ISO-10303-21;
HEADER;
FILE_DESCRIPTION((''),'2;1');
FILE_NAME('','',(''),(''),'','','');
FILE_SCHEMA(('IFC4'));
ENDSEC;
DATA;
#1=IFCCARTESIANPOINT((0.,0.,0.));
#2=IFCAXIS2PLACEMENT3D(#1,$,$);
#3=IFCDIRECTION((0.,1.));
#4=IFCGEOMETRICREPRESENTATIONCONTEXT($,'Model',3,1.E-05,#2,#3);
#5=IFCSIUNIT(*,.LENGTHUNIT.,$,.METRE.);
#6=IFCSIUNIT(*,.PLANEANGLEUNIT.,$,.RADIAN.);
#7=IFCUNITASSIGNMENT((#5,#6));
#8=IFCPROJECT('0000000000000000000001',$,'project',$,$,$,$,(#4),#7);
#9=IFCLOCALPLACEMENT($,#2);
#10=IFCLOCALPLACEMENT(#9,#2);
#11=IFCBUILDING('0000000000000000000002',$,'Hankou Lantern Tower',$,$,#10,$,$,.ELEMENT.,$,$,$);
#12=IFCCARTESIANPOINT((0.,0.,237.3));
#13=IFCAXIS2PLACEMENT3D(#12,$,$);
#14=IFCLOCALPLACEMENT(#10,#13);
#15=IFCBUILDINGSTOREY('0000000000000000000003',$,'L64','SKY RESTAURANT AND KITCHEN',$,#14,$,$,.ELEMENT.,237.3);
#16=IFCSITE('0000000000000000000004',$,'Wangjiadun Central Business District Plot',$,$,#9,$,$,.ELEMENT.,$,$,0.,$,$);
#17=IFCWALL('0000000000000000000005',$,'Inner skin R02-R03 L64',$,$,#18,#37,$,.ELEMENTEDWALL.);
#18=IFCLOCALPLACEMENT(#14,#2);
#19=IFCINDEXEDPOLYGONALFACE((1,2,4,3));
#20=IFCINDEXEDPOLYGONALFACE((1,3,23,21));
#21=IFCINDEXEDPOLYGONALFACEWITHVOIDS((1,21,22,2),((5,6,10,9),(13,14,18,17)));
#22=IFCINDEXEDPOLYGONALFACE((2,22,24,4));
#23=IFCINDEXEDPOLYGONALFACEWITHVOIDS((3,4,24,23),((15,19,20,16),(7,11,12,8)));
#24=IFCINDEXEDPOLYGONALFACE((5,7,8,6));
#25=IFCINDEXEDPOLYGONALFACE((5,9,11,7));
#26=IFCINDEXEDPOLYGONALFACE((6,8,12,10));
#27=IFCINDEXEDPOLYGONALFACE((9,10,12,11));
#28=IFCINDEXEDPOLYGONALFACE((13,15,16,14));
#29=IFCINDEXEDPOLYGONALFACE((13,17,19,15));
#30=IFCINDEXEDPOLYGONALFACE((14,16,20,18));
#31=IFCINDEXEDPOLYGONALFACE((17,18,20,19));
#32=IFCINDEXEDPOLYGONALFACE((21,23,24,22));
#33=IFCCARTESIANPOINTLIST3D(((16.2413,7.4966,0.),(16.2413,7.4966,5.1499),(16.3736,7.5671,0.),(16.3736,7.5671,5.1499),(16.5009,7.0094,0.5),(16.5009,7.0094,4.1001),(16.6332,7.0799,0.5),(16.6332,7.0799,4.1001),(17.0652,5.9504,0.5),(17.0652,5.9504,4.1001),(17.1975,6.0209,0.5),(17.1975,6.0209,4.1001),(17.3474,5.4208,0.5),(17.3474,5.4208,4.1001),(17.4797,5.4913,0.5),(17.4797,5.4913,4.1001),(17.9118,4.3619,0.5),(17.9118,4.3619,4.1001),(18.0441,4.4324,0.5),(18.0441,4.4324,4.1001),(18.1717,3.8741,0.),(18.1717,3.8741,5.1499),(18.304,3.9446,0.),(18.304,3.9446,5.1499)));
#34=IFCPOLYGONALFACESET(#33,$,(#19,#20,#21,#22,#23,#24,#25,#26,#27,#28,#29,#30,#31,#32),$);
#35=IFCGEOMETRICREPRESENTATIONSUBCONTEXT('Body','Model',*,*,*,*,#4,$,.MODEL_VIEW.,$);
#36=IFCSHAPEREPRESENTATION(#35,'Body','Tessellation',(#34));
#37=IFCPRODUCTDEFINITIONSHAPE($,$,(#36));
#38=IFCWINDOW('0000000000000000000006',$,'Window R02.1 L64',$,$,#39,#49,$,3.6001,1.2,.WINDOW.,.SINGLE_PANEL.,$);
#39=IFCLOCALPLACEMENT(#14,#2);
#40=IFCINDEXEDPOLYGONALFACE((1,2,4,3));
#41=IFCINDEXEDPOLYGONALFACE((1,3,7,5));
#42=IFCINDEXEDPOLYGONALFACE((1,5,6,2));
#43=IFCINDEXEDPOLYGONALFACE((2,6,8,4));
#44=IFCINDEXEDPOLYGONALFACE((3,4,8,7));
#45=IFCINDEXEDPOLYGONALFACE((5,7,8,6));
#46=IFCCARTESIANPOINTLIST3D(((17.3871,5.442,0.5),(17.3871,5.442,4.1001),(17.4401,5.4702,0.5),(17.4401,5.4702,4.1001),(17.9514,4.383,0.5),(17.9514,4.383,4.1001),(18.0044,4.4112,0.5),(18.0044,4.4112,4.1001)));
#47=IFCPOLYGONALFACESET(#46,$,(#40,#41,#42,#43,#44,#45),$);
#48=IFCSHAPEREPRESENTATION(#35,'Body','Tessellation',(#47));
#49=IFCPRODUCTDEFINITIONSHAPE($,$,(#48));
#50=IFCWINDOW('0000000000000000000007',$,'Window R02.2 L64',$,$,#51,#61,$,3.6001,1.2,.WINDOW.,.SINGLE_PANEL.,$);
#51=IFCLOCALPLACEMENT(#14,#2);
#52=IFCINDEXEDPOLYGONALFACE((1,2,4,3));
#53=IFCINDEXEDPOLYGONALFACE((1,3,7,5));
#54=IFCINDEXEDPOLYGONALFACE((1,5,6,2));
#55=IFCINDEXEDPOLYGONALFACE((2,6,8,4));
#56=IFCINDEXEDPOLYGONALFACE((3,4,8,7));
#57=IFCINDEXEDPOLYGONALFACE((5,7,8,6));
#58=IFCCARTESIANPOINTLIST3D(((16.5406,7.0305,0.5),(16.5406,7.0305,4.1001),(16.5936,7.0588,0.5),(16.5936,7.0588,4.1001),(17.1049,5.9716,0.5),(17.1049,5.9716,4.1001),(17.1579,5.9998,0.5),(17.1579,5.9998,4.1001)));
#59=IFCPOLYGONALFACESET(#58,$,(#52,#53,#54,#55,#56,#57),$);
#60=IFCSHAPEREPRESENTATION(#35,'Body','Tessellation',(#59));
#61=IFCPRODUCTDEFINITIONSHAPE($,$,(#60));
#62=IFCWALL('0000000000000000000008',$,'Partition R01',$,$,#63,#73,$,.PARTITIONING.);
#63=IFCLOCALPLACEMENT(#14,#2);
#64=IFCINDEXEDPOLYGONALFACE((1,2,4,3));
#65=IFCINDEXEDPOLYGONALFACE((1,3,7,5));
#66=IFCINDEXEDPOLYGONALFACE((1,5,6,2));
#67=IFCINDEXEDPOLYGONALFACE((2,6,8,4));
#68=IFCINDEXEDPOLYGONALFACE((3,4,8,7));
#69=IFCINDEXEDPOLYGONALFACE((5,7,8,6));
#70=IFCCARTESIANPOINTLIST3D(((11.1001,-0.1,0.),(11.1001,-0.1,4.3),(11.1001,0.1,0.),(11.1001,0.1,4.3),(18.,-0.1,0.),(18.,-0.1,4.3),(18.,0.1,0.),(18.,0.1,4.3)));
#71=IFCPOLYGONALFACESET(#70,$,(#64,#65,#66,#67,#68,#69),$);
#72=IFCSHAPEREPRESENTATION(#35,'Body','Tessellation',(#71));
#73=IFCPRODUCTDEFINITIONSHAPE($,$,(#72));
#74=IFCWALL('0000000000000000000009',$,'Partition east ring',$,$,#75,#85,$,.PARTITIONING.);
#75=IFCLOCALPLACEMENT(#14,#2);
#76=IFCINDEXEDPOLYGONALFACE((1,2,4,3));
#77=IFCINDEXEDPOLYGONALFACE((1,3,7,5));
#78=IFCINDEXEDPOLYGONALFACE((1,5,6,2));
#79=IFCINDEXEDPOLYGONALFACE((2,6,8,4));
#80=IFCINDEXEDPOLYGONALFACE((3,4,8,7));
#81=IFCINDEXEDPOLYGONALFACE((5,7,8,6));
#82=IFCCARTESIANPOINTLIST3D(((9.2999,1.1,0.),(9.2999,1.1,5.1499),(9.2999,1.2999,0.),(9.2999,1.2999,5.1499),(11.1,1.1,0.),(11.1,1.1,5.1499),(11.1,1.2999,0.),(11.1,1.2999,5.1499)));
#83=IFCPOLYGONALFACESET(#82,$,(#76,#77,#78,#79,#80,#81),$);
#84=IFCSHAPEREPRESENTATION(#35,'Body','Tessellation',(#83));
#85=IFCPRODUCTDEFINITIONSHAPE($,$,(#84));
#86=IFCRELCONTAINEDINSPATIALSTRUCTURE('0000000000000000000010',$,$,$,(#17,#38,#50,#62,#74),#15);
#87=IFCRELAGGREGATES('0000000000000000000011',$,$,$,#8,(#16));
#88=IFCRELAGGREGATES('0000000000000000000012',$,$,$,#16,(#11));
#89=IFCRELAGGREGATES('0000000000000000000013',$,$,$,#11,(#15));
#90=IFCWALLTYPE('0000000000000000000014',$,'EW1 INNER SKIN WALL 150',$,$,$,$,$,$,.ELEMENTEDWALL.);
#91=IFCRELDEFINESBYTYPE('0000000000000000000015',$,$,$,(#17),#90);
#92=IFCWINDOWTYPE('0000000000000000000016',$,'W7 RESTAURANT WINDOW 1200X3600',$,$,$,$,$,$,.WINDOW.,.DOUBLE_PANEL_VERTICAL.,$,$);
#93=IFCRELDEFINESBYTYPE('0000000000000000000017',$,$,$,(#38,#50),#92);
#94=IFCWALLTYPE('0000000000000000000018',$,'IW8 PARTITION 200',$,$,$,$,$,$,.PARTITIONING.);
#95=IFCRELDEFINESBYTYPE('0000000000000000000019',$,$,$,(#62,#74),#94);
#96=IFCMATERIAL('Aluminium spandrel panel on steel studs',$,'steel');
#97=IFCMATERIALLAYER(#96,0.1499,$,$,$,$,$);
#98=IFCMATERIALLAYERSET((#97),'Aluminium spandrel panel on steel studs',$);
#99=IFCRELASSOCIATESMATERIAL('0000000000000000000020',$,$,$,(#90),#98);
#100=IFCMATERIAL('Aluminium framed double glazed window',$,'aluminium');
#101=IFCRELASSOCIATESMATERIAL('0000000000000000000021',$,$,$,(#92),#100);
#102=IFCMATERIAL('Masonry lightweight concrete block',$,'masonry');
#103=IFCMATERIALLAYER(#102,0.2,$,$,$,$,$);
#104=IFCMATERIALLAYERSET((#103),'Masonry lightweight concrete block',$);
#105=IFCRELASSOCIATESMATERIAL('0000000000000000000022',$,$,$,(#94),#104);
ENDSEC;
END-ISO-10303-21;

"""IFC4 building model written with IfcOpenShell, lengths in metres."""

from ifc_helpers import new_model, si_unit, direction, frame, frame_2d, origin, place, context, subcontext, project, spatial, rectangle, extrude, material, layer, layer_set, type_object, element, fill, save


model = new_model("IFC4")

# Units and contexts
model_context = context("Model", 3, precision=1e-05, world=origin(), true_north=direction((0.0, 1.0)))
body_context = subcontext(model_context, "Body", "Model", "MODEL_VIEW")
ifc_project = project(units=[si_unit("LENGTHUNIT", "METRE"), si_unit("PLANEANGLEUNIT", "RADIAN")], contexts=[model_context])

# Site, building, storey
site_placement = place(None, origin())
site = spatial("IfcSite", under=ifc_project, at=site_placement, Name="Wangjiadun Central Business District Plot", CompositionType="ELEMENT", RefElevation=0.0)
building_placement = place(site_placement, origin())
building = spatial("IfcBuilding", under=site, at=building_placement, Name="Hankou Lantern Tower", CompositionType="ELEMENT")
storey_placement = place(building_placement, frame((0.0, 0.0, 237.3)))
storey = spatial("IfcBuildingStorey", under=building, at=storey_placement, Name="L64", Description="SKY RESTAURANT AND KITCHEN", CompositionType="ELEMENT", Elevation=237.3)

# Wall, openings, windows
ifc_material_1 = material(Name="Aluminium spandrel panel on steel studs", Category="steel")
ifc_layer_1 = layer(ifc_material_1, 0.1499)
ifc_layer_set_1 = layer_set([ifc_layer_1], Name="Aluminium spandrel panel on steel studs")
wall_type_1 = type_object("IfcWallType", Name="EW1 INNER SKIN WALL 150", PredefinedType="ELEMENTEDWALL", material=ifc_layer_set_1)
ifc_material_2 = material(Name="Aluminium framed double glazed window", Category="aluminium")
window_type = type_object("IfcWindowType", Name="W7 RESTAURANT WINDOW 1200X3600", PartitioningType="DOUBLE_PANEL_VERTICAL", PredefinedType="WINDOW", material=ifc_material_2)
wall_1_placement = place(storey_placement, frame((18.2378, 3.9094, 0.0), z_axis=(0.0, 0.0, 1.0), x_axis=(-0.470283, 0.882516, 0.0)))
wall_1 = element("IfcWall", 1, at=wall_1_placement, inside=storey, type_object=wall_type_1, Name="Inner skin R02-R03 L64", PredefinedType="ELEMENTEDWALL", context=body_context, shape_type="SweptSolid", body=[
    extrude(rectangle(XDim=4.1047, YDim=0.1499, at=frame_2d((2.0522, 0.0))), origin(), (0.0, 0.0, 1.0), 5.1499),
])
opening_1_placement = place(wall_1_placement, frame((0.5525, 0.0, 0.5)))
opening_1 = element("IfcOpeningElement", 2, at=opening_1_placement, cuts=wall_1, PredefinedType="OPENING", context=body_context, shape_type="SweptSolid", body=[
    extrude(rectangle(XDim=1.2, YDim=3.6001, at=frame_2d((0.6001, 1.8))), frame((0.0, 0.085, 0.0), z_axis=(0.0, -1.0, 0.0), x_axis=(1.0, 0.0, 0.0)), (0.0, 0.0, 1.0), 0.1699),
])
opening_2_placement = place(wall_1_placement, frame((2.3525, 0.0, 0.5)))
opening_2 = element("IfcOpeningElement", 3, at=opening_2_placement, cuts=wall_1, PredefinedType="OPENING", context=body_context, shape_type="SweptSolid", body=[
    extrude(rectangle(XDim=1.2, YDim=3.6001, at=frame_2d((0.6001, 1.8))), frame((0.0, 0.085, 0.0), z_axis=(0.0, -1.0, 0.0), x_axis=(1.0, 0.0, 0.0)), (0.0, 0.0, 1.0), 0.1699),
])
window_1_placement = place(opening_1_placement, origin())
window_1 = element("IfcWindow", 4, at=window_1_placement, inside=storey, type_object=window_type, Name="Window R02.1 L64", OverallHeight=3.6001, OverallWidth=1.2, PartitioningType="SINGLE_PANEL", PredefinedType="WINDOW", context=body_context, shape_type="SweptSolid", body=[
    extrude(rectangle(XDim=1.2, YDim=3.6001, at=frame_2d((0.6001, 1.8))), frame((0.0, 0.03, 0.0), z_axis=(0.0, -1.0, 0.0), x_axis=(1.0, 0.0, 0.0)), (0.0, 0.0, 1.0), 0.0601),
])
fill(opening_1, window_1)
window_2_placement = place(opening_2_placement, origin())
window_2 = element("IfcWindow", 5, at=window_2_placement, inside=storey, type_object=window_type, Name="Window R02.2 L64", OverallHeight=3.6001, OverallWidth=1.2, PartitioningType="SINGLE_PANEL", PredefinedType="WINDOW", context=body_context, shape_type="SweptSolid", body=[
    extrude(rectangle(XDim=1.2, YDim=3.6001, at=frame_2d((0.6001, 1.8))), frame((0.0, 0.03, 0.0), z_axis=(0.0, -1.0, 0.0), x_axis=(1.0, 0.0, 0.0)), (0.0, 0.0, 1.0), 0.0601),
])
fill(opening_2, window_2)

# Walls
ifc_material_3 = material(Name="Masonry lightweight concrete block", Category="masonry")
ifc_layer_2 = layer(ifc_material_3, 0.2)
ifc_layer_set_2 = layer_set([ifc_layer_2], Name="Masonry lightweight concrete block")
wall_type_2 = type_object("IfcWallType", Name="IW8 PARTITION 200", PredefinedType="PARTITIONING", material=ifc_layer_set_2)
wall_2_placement = place(storey_placement, frame((11.1001, 0.0, 0.0), z_axis=(0.0, 0.0, 1.0), x_axis=(1.0, 0.0, 0.0)))
element("IfcWall", 6, at=wall_2_placement, inside=storey, type_object=wall_type_2, Name="Partition R01", PredefinedType="PARTITIONING", context=body_context, shape_type="SweptSolid", body=[
    extrude(rectangle(XDim=6.8999, YDim=0.2, at=frame_2d((3.45, 0.0))), origin(), (0.0, 0.0, 1.0), 4.3),
])
wall_3_placement = place(storey_placement, frame((9.3, 1.2, 0.0), z_axis=(0.0, 0.0, 1.0), x_axis=(1.0, 0.0, 0.0)))
element("IfcWall", 7, at=wall_3_placement, inside=storey, type_object=wall_type_2, Name="Partition east ring", PredefinedType="PARTITIONING", context=body_context, shape_type="SweptSolid", body=[
    extrude(rectangle(XDim=1.8, YDim=0.2, at=frame_2d((0.8999, 0.0))), origin(), (0.0, 0.0, 1.0), 5.1499),
])

save(model, "model.ifc")
